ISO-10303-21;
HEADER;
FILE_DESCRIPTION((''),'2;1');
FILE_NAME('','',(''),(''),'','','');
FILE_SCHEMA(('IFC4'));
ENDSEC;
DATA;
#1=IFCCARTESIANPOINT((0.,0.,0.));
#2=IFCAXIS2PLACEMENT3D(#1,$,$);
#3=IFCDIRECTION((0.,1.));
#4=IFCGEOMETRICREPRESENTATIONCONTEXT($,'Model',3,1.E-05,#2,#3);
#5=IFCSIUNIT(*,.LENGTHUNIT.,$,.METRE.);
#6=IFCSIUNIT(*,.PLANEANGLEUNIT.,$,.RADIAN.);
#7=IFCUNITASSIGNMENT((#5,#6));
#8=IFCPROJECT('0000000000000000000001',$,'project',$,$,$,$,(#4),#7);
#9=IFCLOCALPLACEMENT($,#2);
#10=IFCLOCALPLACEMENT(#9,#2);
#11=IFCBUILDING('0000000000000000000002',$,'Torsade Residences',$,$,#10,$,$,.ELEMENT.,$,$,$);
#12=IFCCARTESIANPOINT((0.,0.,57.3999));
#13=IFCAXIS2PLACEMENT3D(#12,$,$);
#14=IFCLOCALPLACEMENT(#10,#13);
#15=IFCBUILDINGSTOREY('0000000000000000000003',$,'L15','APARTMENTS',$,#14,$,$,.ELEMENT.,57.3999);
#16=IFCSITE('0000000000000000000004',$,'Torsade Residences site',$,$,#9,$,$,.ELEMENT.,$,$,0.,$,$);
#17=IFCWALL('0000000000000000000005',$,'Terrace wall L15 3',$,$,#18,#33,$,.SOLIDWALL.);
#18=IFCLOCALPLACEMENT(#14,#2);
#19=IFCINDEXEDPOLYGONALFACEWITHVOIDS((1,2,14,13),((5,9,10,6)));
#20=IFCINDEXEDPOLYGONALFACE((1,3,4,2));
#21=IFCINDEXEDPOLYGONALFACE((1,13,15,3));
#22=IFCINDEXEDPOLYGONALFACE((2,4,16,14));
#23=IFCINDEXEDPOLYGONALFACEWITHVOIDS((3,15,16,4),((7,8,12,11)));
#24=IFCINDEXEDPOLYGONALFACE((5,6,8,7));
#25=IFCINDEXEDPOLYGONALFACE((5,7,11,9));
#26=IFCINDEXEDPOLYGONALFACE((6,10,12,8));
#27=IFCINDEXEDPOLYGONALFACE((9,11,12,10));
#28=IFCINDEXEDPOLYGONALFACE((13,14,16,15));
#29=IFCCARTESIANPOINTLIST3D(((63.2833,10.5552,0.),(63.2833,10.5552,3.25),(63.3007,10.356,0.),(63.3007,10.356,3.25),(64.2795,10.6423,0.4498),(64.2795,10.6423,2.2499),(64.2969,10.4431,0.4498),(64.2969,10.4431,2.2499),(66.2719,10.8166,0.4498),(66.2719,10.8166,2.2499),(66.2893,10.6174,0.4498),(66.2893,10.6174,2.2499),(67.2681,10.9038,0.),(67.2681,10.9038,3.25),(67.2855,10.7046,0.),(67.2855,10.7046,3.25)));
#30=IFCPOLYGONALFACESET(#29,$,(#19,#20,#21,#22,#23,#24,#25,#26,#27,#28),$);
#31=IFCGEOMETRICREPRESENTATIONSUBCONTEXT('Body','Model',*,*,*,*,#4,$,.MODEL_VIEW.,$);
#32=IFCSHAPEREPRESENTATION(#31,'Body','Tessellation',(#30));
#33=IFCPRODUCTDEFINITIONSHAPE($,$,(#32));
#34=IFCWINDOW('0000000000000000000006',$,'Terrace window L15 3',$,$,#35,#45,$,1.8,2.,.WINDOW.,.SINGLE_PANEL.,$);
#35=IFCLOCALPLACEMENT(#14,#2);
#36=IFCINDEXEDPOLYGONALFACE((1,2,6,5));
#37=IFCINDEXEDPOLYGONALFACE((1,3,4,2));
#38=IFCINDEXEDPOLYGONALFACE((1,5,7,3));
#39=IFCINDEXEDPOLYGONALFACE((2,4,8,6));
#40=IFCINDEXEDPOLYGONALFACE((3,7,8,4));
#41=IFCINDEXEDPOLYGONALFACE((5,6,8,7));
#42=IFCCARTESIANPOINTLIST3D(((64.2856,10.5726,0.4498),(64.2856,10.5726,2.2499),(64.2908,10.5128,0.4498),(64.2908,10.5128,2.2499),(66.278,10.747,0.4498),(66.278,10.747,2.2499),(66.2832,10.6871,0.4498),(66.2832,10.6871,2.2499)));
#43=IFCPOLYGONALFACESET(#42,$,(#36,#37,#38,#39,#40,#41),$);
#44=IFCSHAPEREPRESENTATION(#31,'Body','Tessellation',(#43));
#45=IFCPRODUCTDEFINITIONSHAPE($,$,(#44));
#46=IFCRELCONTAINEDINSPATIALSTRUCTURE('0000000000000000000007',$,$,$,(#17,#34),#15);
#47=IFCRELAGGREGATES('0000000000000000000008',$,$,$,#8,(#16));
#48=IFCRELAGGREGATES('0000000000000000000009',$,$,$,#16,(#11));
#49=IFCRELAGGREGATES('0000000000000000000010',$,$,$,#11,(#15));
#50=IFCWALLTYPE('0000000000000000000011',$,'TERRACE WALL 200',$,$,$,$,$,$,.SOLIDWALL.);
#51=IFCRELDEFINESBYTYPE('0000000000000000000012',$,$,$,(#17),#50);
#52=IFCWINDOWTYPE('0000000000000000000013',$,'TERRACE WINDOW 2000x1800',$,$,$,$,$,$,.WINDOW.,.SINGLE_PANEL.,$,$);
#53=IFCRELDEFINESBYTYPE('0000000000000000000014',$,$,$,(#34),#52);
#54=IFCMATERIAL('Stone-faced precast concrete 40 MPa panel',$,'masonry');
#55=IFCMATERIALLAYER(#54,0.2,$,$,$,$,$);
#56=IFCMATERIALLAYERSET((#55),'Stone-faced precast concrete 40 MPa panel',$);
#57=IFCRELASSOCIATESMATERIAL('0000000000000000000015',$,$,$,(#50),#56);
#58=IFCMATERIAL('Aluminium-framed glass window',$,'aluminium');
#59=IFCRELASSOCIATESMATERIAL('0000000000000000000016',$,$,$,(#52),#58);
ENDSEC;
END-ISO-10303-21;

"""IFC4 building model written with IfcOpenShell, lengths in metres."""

from ifc_helpers import new_model, si_unit, direction, frame, frame_2d, origin, place, context, subcontext, project, spatial, rectangle, extrude, material, layer, layer_set, type_object, element, fill, save


model = new_model("IFC4")

# Units and contexts
model_context = context("Model", 3, precision=1e-05, world=origin(), true_north=direction((0.0, 1.0)))
body_context = subcontext(model_context, "Body", "Model", "MODEL_VIEW")
ifc_project = project(units=[si_unit("LENGTHUNIT", "METRE"), si_unit("PLANEANGLEUNIT", "RADIAN")], contexts=[model_context])

# Site, building, storey
site_placement = place(None, origin())
site = spatial("IfcSite", under=ifc_project, at=site_placement, Name="Torsade Residences site", CompositionType="ELEMENT", RefElevation=0.0)
building_placement = place(site_placement, origin())
building = spatial("IfcBuilding", under=site, at=building_placement, Name="Torsade Residences", CompositionType="ELEMENT")
storey_placement = place(building_placement, frame((0.0, 0.0, 57.3999)))
storey = spatial("IfcBuildingStorey", under=building, at=storey_placement, Name="L15", Description="APARTMENTS", CompositionType="ELEMENT", Elevation=57.3999)

# Shared definitions
ifc_material_1 = material(Name="Stone-faced precast concrete 40 MPa panel", Category="masonry")
ifc_layer_1 = layer(ifc_material_1, 0.2)
ifc_layer_set_1 = layer_set([ifc_layer_1], Name="Stone-faced precast concrete 40 MPa panel")
wall_type_1 = type_object("IfcWallType", Name="TERRACE WALL 200", PredefinedType="SOLIDWALL", material=ifc_layer_set_1)

# Wall, opening, window
wall_1_placement = place(storey_placement, frame((63.292, 10.4556, 0.0), z_axis=(0.0, 0.0, 1.0), x_axis=(0.996195, 0.087156, 0.0)))
wall_1 = element("IfcWall", 1, at=wall_1_placement, inside=storey, type_object=wall_type_1, Name="Terrace wall L15 3", PredefinedType="SOLIDWALL", context=body_context, shape_type="SweptSolid", body=[
    extrude(rectangle(XDim=4.0, YDim=0.2, at=frame_2d((2.0, 0.0))), origin(), (0.0, 0.0, 1.0), 3.25),
])
opening_1_placement = place(wall_1_placement, frame((1.0, 0.0, 0.45)))
opening_1 = element("IfcOpeningElement", 2, at=opening_1_placement, cuts=wall_1, PredefinedType="OPENING", context=body_context, shape_type="SweptSolid", body=[
    extrude(rectangle(XDim=2.0, YDim=1.8, at=frame_2d((1.0, 0.8999))), frame((0.0, 0.1099, 0.0), z_axis=(0.0, -1.0, 0.0), x_axis=(1.0, 0.0, 0.0)), (0.0, 0.0, 1.0), 0.22),
])
ifc_material_2 = material(Name="Aluminium-framed glass window", Category="aluminium")
window_type = type_object("IfcWindowType", Name="TERRACE WINDOW 2000x1800", PartitioningType="SINGLE_PANEL", PredefinedType="WINDOW", material=ifc_material_2)
window_placement = place(opening_1_placement, origin())
window = element("IfcWindow", 3, at=window_placement, inside=storey, type_object=window_type, Name="Terrace window L15 3", OverallHeight=1.8, OverallWidth=2.0, PartitioningType="SINGLE_PANEL", PredefinedType="WINDOW", context=body_context, shape_type="SweptSolid", body=[
    extrude(rectangle(XDim=2.0, YDim=1.8, at=frame_2d((1.0, 0.8999))), frame((0.0, 0.03, 0.0), z_axis=(0.0, -1.0, 0.0), x_axis=(1.0, 0.0, 0.0)), (0.0, 0.0, 1.0), 0.0601),
])
fill(opening_1, window)

save(model, "model.ifc")
